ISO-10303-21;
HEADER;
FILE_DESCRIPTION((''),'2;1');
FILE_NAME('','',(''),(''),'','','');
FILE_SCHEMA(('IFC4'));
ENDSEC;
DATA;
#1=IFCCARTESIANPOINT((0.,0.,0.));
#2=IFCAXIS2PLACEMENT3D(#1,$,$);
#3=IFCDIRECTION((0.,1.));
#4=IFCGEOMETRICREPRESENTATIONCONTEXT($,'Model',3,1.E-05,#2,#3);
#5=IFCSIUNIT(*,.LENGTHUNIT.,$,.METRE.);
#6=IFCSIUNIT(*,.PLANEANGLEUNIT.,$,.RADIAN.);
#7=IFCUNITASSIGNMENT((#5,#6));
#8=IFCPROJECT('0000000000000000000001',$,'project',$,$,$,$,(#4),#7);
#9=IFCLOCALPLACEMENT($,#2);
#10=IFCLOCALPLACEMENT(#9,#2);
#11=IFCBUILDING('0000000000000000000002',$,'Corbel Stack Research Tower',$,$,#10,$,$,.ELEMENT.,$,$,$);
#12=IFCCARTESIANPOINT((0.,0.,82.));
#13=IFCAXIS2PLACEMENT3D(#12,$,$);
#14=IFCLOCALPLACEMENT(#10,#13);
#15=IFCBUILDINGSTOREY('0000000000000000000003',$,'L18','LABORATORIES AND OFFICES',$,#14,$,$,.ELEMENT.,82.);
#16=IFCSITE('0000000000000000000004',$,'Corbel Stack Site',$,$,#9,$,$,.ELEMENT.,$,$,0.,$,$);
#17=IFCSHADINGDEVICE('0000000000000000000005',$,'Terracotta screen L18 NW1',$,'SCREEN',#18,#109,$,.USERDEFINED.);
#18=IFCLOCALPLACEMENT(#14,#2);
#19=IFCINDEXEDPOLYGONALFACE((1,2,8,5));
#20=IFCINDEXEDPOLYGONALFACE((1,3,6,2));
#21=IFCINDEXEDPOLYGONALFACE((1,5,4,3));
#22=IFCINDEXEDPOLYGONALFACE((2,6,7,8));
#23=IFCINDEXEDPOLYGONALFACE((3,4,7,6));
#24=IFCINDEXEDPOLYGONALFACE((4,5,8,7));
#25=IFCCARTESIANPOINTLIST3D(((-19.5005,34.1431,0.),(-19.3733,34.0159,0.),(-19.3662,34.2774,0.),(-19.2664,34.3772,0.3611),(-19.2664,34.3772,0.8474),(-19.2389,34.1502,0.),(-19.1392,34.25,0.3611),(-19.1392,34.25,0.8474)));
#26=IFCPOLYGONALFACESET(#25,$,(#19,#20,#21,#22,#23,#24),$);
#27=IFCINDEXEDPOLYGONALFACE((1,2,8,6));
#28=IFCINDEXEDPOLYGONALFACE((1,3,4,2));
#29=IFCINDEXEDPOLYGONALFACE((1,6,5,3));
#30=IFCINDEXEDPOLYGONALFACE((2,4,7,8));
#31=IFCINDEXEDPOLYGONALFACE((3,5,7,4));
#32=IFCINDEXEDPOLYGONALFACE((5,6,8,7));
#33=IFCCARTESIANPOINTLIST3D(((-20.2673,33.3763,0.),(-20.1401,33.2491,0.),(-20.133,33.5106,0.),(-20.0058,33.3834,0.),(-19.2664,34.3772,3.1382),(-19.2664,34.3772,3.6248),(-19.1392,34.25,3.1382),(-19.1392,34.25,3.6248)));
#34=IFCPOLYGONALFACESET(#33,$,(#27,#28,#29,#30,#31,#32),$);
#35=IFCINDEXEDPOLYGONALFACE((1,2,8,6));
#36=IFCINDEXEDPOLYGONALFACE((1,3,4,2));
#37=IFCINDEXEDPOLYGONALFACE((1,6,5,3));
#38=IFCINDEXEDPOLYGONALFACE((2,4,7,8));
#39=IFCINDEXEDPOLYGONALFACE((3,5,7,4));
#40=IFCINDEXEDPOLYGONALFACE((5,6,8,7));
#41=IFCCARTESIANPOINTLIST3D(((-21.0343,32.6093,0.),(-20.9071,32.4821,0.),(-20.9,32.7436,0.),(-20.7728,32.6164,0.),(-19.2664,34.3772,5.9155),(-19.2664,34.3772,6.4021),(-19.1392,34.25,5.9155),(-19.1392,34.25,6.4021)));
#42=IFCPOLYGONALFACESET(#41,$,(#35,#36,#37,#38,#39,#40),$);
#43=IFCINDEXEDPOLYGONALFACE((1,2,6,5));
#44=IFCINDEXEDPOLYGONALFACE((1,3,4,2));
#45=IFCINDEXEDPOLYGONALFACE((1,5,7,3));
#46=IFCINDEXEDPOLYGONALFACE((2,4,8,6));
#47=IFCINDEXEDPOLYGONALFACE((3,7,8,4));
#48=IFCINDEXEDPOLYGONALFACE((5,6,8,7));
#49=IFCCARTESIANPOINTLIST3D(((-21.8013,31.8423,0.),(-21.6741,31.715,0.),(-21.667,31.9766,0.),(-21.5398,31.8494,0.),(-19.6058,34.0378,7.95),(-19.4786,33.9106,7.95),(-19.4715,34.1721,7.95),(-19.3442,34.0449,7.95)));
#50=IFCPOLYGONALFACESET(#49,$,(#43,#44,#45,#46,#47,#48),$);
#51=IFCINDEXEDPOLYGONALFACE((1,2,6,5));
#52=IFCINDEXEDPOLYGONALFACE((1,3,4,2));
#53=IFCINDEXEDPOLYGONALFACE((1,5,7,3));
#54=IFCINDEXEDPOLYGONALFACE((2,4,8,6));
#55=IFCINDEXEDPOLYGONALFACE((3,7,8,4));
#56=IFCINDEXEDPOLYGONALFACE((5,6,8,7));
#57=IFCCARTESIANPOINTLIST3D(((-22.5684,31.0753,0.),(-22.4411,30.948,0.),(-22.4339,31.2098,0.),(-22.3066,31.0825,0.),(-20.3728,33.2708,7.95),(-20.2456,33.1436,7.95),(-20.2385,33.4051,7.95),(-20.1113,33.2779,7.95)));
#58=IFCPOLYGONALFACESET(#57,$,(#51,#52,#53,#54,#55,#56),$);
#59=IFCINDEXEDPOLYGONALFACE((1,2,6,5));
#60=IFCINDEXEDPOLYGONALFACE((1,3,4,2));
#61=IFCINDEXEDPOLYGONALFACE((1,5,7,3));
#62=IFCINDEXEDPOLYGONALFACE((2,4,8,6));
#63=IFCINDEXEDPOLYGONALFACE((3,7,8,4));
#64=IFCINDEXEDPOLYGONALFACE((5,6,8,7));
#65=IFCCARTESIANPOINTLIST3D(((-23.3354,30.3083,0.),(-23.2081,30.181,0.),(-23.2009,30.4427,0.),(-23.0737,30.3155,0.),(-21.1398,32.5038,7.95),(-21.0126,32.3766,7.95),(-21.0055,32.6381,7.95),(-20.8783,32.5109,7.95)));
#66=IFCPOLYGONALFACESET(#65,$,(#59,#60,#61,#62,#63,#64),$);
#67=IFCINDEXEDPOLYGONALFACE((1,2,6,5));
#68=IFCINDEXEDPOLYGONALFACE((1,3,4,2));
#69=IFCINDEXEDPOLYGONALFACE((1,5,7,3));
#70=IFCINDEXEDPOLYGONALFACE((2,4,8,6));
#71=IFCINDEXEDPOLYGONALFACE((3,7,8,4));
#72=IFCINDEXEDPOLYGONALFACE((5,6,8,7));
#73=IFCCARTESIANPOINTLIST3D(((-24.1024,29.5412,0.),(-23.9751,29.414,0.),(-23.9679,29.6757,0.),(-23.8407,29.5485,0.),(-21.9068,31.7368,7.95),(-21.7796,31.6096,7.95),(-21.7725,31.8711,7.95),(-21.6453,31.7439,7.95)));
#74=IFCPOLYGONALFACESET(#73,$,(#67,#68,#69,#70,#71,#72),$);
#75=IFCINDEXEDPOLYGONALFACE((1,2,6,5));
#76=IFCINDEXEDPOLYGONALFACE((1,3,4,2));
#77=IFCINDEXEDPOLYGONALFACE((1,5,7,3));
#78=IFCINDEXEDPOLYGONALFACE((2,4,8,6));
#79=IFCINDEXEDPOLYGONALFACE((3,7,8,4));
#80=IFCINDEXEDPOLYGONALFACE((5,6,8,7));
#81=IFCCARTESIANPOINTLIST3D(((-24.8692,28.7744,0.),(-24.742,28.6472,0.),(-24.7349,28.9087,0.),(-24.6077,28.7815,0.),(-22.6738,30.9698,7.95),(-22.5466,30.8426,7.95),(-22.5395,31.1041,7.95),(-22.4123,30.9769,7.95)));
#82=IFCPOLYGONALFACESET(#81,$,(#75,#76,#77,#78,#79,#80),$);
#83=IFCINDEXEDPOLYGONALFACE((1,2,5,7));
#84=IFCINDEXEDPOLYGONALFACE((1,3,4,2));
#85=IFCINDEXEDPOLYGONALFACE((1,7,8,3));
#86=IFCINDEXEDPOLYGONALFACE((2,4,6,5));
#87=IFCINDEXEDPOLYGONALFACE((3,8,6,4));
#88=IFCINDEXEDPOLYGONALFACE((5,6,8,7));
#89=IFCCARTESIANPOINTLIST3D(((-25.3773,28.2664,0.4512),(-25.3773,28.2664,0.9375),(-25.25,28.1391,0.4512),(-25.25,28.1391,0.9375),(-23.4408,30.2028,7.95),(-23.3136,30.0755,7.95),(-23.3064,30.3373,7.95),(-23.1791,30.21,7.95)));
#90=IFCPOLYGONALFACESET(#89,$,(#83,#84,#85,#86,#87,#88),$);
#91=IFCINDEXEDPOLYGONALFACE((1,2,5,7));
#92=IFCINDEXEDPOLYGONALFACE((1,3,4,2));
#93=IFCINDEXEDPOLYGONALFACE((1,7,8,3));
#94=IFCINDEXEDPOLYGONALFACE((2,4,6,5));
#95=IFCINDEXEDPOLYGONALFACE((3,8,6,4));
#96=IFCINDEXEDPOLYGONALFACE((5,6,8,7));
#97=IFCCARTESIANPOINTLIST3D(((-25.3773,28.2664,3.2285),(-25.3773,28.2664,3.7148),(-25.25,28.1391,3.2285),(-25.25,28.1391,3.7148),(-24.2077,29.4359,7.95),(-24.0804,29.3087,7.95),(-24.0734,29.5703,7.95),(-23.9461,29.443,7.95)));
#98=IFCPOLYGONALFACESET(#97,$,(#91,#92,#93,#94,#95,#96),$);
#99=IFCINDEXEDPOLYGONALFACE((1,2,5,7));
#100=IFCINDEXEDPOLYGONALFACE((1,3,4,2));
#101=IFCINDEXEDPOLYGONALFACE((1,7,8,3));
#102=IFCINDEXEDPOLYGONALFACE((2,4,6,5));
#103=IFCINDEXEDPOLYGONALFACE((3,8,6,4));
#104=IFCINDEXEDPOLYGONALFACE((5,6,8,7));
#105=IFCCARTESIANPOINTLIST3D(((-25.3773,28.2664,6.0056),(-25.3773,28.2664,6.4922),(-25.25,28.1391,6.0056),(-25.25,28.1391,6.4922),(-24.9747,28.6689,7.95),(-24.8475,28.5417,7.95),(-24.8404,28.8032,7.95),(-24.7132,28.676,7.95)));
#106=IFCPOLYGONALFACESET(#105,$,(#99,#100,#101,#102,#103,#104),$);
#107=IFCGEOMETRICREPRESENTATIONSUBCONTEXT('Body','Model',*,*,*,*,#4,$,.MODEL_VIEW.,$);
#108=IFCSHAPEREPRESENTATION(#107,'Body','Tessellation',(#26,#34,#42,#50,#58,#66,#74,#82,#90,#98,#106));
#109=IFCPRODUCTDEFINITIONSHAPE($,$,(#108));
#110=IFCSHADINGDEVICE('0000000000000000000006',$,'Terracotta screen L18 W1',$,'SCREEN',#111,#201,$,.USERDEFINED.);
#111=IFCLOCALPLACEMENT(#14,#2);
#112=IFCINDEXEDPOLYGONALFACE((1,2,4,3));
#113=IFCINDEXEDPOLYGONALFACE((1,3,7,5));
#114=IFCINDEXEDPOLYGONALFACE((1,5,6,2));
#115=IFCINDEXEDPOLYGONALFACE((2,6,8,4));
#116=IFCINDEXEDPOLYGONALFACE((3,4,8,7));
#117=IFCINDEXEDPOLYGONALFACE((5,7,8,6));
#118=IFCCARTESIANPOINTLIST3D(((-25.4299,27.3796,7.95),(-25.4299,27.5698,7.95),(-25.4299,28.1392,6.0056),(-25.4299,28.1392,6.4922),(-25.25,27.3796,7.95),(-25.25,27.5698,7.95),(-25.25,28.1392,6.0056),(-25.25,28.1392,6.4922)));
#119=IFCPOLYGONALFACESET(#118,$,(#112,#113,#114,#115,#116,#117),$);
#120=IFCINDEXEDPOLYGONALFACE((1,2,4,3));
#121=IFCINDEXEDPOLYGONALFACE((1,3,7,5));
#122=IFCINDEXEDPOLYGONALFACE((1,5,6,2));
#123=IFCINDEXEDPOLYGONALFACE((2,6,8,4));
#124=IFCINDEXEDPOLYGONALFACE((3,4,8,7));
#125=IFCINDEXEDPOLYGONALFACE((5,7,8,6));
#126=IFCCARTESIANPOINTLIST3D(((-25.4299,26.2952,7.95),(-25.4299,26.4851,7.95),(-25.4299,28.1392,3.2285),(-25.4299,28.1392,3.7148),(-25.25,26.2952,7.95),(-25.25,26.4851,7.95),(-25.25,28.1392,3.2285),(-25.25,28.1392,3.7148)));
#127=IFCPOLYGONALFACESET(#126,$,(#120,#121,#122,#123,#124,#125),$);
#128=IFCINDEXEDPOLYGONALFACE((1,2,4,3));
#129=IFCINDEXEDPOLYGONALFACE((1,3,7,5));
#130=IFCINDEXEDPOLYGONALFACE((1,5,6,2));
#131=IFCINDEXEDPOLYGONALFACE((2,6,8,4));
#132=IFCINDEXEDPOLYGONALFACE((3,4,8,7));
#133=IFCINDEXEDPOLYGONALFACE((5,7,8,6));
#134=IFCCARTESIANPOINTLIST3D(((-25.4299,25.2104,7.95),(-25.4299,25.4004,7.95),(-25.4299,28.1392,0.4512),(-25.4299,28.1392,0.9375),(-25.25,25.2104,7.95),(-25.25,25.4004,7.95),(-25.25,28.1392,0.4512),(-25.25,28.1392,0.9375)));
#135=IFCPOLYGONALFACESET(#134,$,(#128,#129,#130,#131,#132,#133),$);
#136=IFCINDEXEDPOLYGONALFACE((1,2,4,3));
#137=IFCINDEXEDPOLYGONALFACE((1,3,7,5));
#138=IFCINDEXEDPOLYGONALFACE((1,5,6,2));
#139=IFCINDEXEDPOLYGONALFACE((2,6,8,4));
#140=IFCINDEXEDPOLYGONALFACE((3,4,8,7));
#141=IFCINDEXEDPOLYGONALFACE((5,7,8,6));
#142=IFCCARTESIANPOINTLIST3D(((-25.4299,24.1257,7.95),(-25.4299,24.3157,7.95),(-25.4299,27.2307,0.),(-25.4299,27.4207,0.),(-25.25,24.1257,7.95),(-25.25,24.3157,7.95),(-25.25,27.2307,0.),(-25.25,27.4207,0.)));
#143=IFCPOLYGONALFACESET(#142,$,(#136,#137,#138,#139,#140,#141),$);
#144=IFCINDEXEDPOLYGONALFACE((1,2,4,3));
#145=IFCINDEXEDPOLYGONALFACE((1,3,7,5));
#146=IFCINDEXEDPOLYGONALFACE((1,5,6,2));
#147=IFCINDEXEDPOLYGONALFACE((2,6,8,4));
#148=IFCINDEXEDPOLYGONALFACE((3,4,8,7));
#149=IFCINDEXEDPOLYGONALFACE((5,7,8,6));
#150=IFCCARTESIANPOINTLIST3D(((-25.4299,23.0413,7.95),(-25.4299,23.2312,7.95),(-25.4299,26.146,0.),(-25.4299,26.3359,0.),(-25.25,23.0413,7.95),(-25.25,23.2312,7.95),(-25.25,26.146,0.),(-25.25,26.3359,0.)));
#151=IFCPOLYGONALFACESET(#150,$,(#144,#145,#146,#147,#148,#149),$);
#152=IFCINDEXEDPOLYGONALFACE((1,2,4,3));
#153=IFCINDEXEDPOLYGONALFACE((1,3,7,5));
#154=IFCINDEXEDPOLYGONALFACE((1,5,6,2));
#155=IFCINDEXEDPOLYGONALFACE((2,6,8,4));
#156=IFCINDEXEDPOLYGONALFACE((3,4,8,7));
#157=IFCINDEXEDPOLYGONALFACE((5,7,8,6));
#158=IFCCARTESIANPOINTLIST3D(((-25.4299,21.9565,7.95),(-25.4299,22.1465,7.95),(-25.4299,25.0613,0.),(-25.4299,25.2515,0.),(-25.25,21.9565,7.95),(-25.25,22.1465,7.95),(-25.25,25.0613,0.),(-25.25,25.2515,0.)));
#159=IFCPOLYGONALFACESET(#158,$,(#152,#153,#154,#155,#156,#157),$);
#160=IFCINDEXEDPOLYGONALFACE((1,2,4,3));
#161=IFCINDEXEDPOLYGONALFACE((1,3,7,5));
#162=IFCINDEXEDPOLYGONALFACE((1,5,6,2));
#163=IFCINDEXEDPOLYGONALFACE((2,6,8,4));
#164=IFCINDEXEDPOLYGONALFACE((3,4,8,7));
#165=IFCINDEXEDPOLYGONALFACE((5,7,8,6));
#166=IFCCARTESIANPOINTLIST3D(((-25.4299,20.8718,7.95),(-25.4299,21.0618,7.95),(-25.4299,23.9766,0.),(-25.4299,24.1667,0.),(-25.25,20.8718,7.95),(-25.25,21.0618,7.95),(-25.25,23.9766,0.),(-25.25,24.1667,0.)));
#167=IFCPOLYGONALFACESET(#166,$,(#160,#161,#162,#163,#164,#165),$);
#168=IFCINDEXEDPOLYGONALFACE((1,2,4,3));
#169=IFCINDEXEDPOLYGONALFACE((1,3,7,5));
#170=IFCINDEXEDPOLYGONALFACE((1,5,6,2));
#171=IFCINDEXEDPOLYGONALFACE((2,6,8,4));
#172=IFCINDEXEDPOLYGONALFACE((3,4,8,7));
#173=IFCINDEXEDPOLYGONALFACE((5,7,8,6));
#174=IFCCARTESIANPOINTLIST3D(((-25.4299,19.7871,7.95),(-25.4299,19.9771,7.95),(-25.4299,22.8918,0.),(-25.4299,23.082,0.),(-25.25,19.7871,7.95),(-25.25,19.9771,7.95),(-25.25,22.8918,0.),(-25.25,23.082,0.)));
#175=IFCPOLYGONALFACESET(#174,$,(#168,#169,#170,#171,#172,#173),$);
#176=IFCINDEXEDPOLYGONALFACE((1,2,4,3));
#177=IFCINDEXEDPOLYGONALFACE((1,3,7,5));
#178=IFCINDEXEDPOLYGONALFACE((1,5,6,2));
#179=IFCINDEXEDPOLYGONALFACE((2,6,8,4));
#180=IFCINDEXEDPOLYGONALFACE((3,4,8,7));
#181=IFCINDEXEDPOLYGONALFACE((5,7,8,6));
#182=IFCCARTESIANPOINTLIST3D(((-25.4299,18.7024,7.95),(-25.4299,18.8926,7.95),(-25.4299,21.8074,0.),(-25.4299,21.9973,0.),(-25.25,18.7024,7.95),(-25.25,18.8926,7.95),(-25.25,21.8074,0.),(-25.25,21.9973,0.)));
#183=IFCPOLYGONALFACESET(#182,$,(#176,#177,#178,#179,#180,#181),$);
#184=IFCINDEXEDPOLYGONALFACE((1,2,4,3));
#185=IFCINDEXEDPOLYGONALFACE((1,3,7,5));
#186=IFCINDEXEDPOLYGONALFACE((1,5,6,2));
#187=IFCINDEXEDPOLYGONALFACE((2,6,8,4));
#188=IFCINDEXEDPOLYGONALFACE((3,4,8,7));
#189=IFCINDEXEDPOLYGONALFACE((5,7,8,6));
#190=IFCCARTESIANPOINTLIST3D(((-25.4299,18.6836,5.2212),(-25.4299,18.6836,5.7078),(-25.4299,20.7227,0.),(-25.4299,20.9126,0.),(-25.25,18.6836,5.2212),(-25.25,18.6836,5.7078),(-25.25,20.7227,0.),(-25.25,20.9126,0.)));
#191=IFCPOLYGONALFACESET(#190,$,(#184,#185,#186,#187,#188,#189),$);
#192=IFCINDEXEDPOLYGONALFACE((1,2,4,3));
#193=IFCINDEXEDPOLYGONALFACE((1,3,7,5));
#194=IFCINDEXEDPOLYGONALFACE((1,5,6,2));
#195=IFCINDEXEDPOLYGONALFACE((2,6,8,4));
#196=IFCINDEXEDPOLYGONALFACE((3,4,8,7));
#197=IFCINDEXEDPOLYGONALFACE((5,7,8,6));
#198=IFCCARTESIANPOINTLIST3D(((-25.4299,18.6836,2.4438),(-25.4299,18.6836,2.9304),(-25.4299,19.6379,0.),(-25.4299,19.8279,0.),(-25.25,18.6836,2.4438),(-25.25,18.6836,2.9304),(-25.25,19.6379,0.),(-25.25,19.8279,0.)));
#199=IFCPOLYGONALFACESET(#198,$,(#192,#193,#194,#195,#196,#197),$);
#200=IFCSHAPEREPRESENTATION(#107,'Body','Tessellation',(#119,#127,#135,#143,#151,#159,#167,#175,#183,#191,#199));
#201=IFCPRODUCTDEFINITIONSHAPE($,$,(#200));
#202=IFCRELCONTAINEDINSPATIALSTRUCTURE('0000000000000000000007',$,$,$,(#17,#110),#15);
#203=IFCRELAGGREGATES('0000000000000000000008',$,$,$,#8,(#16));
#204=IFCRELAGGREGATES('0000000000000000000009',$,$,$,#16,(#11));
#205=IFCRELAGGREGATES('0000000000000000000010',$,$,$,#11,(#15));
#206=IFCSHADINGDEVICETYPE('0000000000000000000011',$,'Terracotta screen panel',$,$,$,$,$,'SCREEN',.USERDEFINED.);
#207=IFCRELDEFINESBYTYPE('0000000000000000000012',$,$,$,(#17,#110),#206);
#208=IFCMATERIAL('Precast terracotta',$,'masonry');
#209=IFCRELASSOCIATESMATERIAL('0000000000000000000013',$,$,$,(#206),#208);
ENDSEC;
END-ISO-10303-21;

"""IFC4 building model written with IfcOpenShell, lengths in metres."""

from ifc_helpers import new_model, si_unit, direction, frame, origin, place, context, subcontext, project, spatial, polyline, outline, extrude, source, transform, mapped, material, type_object, element, save


model = new_model("IFC4")

# Units and contexts
model_context = context("Model", 3, precision=1e-05, world=origin(), true_north=direction((0.0, 1.0)))
body_context = subcontext(model_context, "Body", "Model", "MODEL_VIEW")
ifc_project = project(units=[si_unit("LENGTHUNIT", "METRE"), si_unit("PLANEANGLEUNIT", "RADIAN")], contexts=[model_context])

# Site, building, storey
site_placement = place(None, origin())
site = spatial("IfcSite", under=ifc_project, at=site_placement, Name="Corbel Stack Site", CompositionType="ELEMENT", RefElevation=0.0)
building_placement = place(site_placement, origin())
building = spatial("IfcBuilding", under=site, at=building_placement, Name="Corbel Stack Research Tower", CompositionType="ELEMENT")
storey_placement = place(building_placement, frame((0.0, 0.0, 82.0)))
storey = spatial("IfcBuildingStorey", under=building, at=storey_placement, Name="L18", Description="LABORATORIES AND OFFICES", CompositionType="ELEMENT", Elevation=82.0)

# Shading devices
ifc_material_1 = material(Name="Precast terracotta", Category="masonry")
shading_device_type = type_object("IfcShadingDeviceType", Name="Terracotta screen panel", ElementType="SCREEN", PredefinedType="USERDEFINED", material=ifc_material_1)
shared_shape_1 = source(origin(), body_context, "Body", "SweptSolid", [
    extrude(outline(polyline([(0.3311, 0.0), (0.0, 0.8474), (0.0, 0.3611), (0.1411, 0.0), (0.3311, 0.0)])), frame((0.0, 0.0, 0.0), z_axis=(0.0, -1.0, 0.0), x_axis=(1.0, 0.0, 0.0)), (0.0, 0.0, 1.0), 0.1799),
    extrude(outline(polyline([(1.4155, 0.0), (0.0, 3.6248), (0.0, 3.1382), (1.2256, 0.0), (1.4155, 0.0)])), frame((0.0, 0.0, 0.0), z_axis=(0.0, -1.0, 0.0), x_axis=(1.0, 0.0, 0.0)), (0.0, 0.0, 1.0), 0.1799),
    extrude(outline(polyline([(2.5002, 0.0), (0.0, 6.4021), (0.0, 5.9155), (2.3103, 0.0), (2.5002, 0.0)])), frame((0.0, 0.0, 0.0), z_axis=(0.0, -1.0, 0.0), x_axis=(1.0, 0.0, 0.0)), (0.0, 0.0, 1.0), 0.1799),
    extrude(outline(polyline([(3.585, 0.0), (0.48, 7.95), (0.29, 7.95), (3.395, 0.0), (3.585, 0.0)])), frame((0.0, 0.0, 0.0), z_axis=(0.0, -1.0, 0.0), x_axis=(1.0, 0.0, 0.0)), (0.0, 0.0, 1.0), 0.1799),
    extrude(outline(polyline([(4.6697, 0.0), (1.5647, 7.95), (1.3748, 7.95), (4.4795, 0.0), (4.6697, 0.0)])), frame((0.0, 0.0, 0.0), z_axis=(0.0, -1.0, 0.0), x_axis=(1.0, 0.0, 0.0)), (0.0, 0.0, 1.0), 0.1799),
    extrude(outline(polyline([(5.7544, 0.0), (2.6494, 7.95), (2.4595, 7.95), (5.5642, 0.0), (5.7544, 0.0)])), frame((0.0, 0.0, 0.0), z_axis=(0.0, -1.0, 0.0), x_axis=(1.0, 0.0, 0.0)), (0.0, 0.0, 1.0), 0.1799),
    extrude(outline(polyline([(6.8391, 0.0), (3.7341, 7.95), (3.5442, 7.95), (6.6489, 0.0), (6.8391, 0.0)])), frame((0.0, 0.0, 0.0), z_axis=(0.0, -1.0, 0.0), x_axis=(1.0, 0.0, 0.0)), (0.0, 0.0, 1.0), 0.1799),
    extrude(outline(polyline([(7.9236, 0.0), (4.8188, 7.95), (4.6289, 7.95), (7.7336, 0.0), (7.9236, 0.0)])), frame((0.0, 0.0, 0.0), z_axis=(0.0, -1.0, 0.0), x_axis=(1.0, 0.0, 0.0)), (0.0, 0.0, 1.0), 0.1799),
    extrude(outline(polyline([(5.9036, 7.95), (5.7134, 7.95), (8.6421, 0.4512), (8.6421, 0.9375), (5.9036, 7.95)])), frame((0.0, 0.0, 0.0), z_axis=(0.0, -1.0, 0.0), x_axis=(1.0, 0.0, 0.0)), (0.0, 0.0, 1.0), 0.1799),
    extrude(outline(polyline([(6.988, 7.95), (6.7981, 7.95), (8.6421, 3.2285), (8.6421, 3.7148), (6.988, 7.95)])), frame((0.0, 0.0, 0.0), z_axis=(0.0, -1.0, 0.0), x_axis=(1.0, 0.0, 0.0)), (0.0, 0.0, 1.0), 0.1799),
    extrude(outline(polyline([(8.0728, 7.95), (7.8828, 7.95), (8.6421, 6.0056), (8.6421, 6.4922), (8.0728, 7.95)])), frame((0.0, 0.0, 0.0), z_axis=(0.0, -1.0, 0.0), x_axis=(1.0, 0.0, 0.0)), (0.0, 0.0, 1.0), 0.1799),
])
shading_device_1_placement = place(storey_placement, frame((-19.1392, 34.25, 0.0), z_axis=(0.0, 0.0, 1.0), x_axis=(-0.707107, -0.707107, 0.0)))
element("IfcShadingDevice", 1, at=shading_device_1_placement, inside=storey, type_object=shading_device_type, Name="Terracotta screen L18 NW1", ObjectType="SCREEN", PredefinedType="USERDEFINED", context=body_context, shape_type="MappedRepresentation", body=[
    mapped(shared_shape_1, transform((0.0, 0.0, 0.0))),
])
shared_shape_2 = source(origin(), body_context, "Body", "SweptSolid", [
    extrude(outline(polyline([(0.7595, 7.95), (0.5693, 7.95), (0.0, 6.4922), (0.0, 6.0056), (0.7595, 7.95)])), frame((0.0, 0.0, 0.0), z_axis=(0.0, -1.0, 0.0), x_axis=(1.0, 0.0, 0.0)), (0.0, 0.0, 1.0), 0.1799),
    extrude(outline(polyline([(1.844, 7.95), (1.6541, 7.95), (0.0, 3.7148), (0.0, 3.2285), (1.844, 7.95)])), frame((0.0, 0.0, 0.0), z_axis=(0.0, -1.0, 0.0), x_axis=(1.0, 0.0, 0.0)), (0.0, 0.0, 1.0), 0.1799),
    extrude(outline(polyline([(2.9287, 7.95), (2.7388, 7.95), (0.0, 0.9375), (0.0, 0.4512), (2.9287, 7.95)])), frame((0.0, 0.0, 0.0), z_axis=(0.0, -1.0, 0.0), x_axis=(1.0, 0.0, 0.0)), (0.0, 0.0, 1.0), 0.1799),
    extrude(outline(polyline([(0.9084, 0.0), (4.0134, 7.95), (3.8235, 7.95), (0.7185, 0.0), (0.9084, 0.0)])), frame((0.0, 0.0, 0.0), z_axis=(0.0, -1.0, 0.0), x_axis=(1.0, 0.0, 0.0)), (0.0, 0.0, 1.0), 0.1799),
    extrude(outline(polyline([(1.9932, 0.0), (5.0979, 7.95), (4.908, 7.95), (1.8032, 0.0), (1.9932, 0.0)])), frame((0.0, 0.0, 0.0), z_axis=(0.0, -1.0, 0.0), x_axis=(1.0, 0.0, 0.0)), (0.0, 0.0, 1.0), 0.1799),
    extrude(outline(polyline([(3.0779, 0.0), (6.1826, 7.95), (5.9927, 7.95), (2.8877, 0.0), (3.0779, 0.0)])), frame((0.0, 0.0, 0.0), z_axis=(0.0, -1.0, 0.0), x_axis=(1.0, 0.0, 0.0)), (0.0, 0.0, 1.0), 0.1799),
    extrude(outline(polyline([(4.1626, 0.0), (7.2673, 7.95), (7.0774, 7.95), (3.9724, 0.0), (4.1626, 0.0)])), frame((0.0, 0.0, 0.0), z_axis=(0.0, -1.0, 0.0), x_axis=(1.0, 0.0, 0.0)), (0.0, 0.0, 1.0), 0.1799),
    extrude(outline(polyline([(5.2473, 0.0), (8.3521, 7.95), (8.1621, 7.95), (5.0571, 0.0), (5.2473, 0.0)])), frame((0.0, 0.0, 0.0), z_axis=(0.0, -1.0, 0.0), x_axis=(1.0, 0.0, 0.0)), (0.0, 0.0, 1.0), 0.1799),
    extrude(outline(polyline([(6.3318, 0.0), (9.4368, 7.95), (9.2466, 7.95), (6.1418, 0.0), (6.3318, 0.0)])), frame((0.0, 0.0, 0.0), z_axis=(0.0, -1.0, 0.0), x_axis=(1.0, 0.0, 0.0)), (0.0, 0.0, 1.0), 0.1799),
    extrude(outline(polyline([(7.4165, 0.0), (9.4556, 5.2212), (9.4556, 5.7078), (7.2266, 0.0), (7.4165, 0.0)])), frame((0.0, 0.0, 0.0), z_axis=(0.0, -1.0, 0.0), x_axis=(1.0, 0.0, 0.0)), (0.0, 0.0, 1.0), 0.1799),
    extrude(outline(polyline([(8.5012, 0.0), (9.4556, 2.4438), (9.4556, 2.9304), (8.3113, 0.0), (8.5012, 0.0)])), frame((0.0, 0.0, 0.0), z_axis=(0.0, -1.0, 0.0), x_axis=(1.0, 0.0, 0.0)), (0.0, 0.0, 1.0), 0.1799),
])
shading_device_2_placement = place(storey_placement, frame((-25.25, 28.1392, 0.0), z_axis=(0.0, 0.0, 1.0), x_axis=(0.0, -1.0, 0.0)))
element("IfcShadingDevice", 2, at=shading_device_2_placement, inside=storey, type_object=shading_device_type, Name="Terracotta screen L18 W1", ObjectType="SCREEN", PredefinedType="USERDEFINED", context=body_context, shape_type="MappedRepresentation", body=[
    mapped(shared_shape_2, transform((0.0, 0.0, 0.0))),
])

save(model, "model.ifc")
